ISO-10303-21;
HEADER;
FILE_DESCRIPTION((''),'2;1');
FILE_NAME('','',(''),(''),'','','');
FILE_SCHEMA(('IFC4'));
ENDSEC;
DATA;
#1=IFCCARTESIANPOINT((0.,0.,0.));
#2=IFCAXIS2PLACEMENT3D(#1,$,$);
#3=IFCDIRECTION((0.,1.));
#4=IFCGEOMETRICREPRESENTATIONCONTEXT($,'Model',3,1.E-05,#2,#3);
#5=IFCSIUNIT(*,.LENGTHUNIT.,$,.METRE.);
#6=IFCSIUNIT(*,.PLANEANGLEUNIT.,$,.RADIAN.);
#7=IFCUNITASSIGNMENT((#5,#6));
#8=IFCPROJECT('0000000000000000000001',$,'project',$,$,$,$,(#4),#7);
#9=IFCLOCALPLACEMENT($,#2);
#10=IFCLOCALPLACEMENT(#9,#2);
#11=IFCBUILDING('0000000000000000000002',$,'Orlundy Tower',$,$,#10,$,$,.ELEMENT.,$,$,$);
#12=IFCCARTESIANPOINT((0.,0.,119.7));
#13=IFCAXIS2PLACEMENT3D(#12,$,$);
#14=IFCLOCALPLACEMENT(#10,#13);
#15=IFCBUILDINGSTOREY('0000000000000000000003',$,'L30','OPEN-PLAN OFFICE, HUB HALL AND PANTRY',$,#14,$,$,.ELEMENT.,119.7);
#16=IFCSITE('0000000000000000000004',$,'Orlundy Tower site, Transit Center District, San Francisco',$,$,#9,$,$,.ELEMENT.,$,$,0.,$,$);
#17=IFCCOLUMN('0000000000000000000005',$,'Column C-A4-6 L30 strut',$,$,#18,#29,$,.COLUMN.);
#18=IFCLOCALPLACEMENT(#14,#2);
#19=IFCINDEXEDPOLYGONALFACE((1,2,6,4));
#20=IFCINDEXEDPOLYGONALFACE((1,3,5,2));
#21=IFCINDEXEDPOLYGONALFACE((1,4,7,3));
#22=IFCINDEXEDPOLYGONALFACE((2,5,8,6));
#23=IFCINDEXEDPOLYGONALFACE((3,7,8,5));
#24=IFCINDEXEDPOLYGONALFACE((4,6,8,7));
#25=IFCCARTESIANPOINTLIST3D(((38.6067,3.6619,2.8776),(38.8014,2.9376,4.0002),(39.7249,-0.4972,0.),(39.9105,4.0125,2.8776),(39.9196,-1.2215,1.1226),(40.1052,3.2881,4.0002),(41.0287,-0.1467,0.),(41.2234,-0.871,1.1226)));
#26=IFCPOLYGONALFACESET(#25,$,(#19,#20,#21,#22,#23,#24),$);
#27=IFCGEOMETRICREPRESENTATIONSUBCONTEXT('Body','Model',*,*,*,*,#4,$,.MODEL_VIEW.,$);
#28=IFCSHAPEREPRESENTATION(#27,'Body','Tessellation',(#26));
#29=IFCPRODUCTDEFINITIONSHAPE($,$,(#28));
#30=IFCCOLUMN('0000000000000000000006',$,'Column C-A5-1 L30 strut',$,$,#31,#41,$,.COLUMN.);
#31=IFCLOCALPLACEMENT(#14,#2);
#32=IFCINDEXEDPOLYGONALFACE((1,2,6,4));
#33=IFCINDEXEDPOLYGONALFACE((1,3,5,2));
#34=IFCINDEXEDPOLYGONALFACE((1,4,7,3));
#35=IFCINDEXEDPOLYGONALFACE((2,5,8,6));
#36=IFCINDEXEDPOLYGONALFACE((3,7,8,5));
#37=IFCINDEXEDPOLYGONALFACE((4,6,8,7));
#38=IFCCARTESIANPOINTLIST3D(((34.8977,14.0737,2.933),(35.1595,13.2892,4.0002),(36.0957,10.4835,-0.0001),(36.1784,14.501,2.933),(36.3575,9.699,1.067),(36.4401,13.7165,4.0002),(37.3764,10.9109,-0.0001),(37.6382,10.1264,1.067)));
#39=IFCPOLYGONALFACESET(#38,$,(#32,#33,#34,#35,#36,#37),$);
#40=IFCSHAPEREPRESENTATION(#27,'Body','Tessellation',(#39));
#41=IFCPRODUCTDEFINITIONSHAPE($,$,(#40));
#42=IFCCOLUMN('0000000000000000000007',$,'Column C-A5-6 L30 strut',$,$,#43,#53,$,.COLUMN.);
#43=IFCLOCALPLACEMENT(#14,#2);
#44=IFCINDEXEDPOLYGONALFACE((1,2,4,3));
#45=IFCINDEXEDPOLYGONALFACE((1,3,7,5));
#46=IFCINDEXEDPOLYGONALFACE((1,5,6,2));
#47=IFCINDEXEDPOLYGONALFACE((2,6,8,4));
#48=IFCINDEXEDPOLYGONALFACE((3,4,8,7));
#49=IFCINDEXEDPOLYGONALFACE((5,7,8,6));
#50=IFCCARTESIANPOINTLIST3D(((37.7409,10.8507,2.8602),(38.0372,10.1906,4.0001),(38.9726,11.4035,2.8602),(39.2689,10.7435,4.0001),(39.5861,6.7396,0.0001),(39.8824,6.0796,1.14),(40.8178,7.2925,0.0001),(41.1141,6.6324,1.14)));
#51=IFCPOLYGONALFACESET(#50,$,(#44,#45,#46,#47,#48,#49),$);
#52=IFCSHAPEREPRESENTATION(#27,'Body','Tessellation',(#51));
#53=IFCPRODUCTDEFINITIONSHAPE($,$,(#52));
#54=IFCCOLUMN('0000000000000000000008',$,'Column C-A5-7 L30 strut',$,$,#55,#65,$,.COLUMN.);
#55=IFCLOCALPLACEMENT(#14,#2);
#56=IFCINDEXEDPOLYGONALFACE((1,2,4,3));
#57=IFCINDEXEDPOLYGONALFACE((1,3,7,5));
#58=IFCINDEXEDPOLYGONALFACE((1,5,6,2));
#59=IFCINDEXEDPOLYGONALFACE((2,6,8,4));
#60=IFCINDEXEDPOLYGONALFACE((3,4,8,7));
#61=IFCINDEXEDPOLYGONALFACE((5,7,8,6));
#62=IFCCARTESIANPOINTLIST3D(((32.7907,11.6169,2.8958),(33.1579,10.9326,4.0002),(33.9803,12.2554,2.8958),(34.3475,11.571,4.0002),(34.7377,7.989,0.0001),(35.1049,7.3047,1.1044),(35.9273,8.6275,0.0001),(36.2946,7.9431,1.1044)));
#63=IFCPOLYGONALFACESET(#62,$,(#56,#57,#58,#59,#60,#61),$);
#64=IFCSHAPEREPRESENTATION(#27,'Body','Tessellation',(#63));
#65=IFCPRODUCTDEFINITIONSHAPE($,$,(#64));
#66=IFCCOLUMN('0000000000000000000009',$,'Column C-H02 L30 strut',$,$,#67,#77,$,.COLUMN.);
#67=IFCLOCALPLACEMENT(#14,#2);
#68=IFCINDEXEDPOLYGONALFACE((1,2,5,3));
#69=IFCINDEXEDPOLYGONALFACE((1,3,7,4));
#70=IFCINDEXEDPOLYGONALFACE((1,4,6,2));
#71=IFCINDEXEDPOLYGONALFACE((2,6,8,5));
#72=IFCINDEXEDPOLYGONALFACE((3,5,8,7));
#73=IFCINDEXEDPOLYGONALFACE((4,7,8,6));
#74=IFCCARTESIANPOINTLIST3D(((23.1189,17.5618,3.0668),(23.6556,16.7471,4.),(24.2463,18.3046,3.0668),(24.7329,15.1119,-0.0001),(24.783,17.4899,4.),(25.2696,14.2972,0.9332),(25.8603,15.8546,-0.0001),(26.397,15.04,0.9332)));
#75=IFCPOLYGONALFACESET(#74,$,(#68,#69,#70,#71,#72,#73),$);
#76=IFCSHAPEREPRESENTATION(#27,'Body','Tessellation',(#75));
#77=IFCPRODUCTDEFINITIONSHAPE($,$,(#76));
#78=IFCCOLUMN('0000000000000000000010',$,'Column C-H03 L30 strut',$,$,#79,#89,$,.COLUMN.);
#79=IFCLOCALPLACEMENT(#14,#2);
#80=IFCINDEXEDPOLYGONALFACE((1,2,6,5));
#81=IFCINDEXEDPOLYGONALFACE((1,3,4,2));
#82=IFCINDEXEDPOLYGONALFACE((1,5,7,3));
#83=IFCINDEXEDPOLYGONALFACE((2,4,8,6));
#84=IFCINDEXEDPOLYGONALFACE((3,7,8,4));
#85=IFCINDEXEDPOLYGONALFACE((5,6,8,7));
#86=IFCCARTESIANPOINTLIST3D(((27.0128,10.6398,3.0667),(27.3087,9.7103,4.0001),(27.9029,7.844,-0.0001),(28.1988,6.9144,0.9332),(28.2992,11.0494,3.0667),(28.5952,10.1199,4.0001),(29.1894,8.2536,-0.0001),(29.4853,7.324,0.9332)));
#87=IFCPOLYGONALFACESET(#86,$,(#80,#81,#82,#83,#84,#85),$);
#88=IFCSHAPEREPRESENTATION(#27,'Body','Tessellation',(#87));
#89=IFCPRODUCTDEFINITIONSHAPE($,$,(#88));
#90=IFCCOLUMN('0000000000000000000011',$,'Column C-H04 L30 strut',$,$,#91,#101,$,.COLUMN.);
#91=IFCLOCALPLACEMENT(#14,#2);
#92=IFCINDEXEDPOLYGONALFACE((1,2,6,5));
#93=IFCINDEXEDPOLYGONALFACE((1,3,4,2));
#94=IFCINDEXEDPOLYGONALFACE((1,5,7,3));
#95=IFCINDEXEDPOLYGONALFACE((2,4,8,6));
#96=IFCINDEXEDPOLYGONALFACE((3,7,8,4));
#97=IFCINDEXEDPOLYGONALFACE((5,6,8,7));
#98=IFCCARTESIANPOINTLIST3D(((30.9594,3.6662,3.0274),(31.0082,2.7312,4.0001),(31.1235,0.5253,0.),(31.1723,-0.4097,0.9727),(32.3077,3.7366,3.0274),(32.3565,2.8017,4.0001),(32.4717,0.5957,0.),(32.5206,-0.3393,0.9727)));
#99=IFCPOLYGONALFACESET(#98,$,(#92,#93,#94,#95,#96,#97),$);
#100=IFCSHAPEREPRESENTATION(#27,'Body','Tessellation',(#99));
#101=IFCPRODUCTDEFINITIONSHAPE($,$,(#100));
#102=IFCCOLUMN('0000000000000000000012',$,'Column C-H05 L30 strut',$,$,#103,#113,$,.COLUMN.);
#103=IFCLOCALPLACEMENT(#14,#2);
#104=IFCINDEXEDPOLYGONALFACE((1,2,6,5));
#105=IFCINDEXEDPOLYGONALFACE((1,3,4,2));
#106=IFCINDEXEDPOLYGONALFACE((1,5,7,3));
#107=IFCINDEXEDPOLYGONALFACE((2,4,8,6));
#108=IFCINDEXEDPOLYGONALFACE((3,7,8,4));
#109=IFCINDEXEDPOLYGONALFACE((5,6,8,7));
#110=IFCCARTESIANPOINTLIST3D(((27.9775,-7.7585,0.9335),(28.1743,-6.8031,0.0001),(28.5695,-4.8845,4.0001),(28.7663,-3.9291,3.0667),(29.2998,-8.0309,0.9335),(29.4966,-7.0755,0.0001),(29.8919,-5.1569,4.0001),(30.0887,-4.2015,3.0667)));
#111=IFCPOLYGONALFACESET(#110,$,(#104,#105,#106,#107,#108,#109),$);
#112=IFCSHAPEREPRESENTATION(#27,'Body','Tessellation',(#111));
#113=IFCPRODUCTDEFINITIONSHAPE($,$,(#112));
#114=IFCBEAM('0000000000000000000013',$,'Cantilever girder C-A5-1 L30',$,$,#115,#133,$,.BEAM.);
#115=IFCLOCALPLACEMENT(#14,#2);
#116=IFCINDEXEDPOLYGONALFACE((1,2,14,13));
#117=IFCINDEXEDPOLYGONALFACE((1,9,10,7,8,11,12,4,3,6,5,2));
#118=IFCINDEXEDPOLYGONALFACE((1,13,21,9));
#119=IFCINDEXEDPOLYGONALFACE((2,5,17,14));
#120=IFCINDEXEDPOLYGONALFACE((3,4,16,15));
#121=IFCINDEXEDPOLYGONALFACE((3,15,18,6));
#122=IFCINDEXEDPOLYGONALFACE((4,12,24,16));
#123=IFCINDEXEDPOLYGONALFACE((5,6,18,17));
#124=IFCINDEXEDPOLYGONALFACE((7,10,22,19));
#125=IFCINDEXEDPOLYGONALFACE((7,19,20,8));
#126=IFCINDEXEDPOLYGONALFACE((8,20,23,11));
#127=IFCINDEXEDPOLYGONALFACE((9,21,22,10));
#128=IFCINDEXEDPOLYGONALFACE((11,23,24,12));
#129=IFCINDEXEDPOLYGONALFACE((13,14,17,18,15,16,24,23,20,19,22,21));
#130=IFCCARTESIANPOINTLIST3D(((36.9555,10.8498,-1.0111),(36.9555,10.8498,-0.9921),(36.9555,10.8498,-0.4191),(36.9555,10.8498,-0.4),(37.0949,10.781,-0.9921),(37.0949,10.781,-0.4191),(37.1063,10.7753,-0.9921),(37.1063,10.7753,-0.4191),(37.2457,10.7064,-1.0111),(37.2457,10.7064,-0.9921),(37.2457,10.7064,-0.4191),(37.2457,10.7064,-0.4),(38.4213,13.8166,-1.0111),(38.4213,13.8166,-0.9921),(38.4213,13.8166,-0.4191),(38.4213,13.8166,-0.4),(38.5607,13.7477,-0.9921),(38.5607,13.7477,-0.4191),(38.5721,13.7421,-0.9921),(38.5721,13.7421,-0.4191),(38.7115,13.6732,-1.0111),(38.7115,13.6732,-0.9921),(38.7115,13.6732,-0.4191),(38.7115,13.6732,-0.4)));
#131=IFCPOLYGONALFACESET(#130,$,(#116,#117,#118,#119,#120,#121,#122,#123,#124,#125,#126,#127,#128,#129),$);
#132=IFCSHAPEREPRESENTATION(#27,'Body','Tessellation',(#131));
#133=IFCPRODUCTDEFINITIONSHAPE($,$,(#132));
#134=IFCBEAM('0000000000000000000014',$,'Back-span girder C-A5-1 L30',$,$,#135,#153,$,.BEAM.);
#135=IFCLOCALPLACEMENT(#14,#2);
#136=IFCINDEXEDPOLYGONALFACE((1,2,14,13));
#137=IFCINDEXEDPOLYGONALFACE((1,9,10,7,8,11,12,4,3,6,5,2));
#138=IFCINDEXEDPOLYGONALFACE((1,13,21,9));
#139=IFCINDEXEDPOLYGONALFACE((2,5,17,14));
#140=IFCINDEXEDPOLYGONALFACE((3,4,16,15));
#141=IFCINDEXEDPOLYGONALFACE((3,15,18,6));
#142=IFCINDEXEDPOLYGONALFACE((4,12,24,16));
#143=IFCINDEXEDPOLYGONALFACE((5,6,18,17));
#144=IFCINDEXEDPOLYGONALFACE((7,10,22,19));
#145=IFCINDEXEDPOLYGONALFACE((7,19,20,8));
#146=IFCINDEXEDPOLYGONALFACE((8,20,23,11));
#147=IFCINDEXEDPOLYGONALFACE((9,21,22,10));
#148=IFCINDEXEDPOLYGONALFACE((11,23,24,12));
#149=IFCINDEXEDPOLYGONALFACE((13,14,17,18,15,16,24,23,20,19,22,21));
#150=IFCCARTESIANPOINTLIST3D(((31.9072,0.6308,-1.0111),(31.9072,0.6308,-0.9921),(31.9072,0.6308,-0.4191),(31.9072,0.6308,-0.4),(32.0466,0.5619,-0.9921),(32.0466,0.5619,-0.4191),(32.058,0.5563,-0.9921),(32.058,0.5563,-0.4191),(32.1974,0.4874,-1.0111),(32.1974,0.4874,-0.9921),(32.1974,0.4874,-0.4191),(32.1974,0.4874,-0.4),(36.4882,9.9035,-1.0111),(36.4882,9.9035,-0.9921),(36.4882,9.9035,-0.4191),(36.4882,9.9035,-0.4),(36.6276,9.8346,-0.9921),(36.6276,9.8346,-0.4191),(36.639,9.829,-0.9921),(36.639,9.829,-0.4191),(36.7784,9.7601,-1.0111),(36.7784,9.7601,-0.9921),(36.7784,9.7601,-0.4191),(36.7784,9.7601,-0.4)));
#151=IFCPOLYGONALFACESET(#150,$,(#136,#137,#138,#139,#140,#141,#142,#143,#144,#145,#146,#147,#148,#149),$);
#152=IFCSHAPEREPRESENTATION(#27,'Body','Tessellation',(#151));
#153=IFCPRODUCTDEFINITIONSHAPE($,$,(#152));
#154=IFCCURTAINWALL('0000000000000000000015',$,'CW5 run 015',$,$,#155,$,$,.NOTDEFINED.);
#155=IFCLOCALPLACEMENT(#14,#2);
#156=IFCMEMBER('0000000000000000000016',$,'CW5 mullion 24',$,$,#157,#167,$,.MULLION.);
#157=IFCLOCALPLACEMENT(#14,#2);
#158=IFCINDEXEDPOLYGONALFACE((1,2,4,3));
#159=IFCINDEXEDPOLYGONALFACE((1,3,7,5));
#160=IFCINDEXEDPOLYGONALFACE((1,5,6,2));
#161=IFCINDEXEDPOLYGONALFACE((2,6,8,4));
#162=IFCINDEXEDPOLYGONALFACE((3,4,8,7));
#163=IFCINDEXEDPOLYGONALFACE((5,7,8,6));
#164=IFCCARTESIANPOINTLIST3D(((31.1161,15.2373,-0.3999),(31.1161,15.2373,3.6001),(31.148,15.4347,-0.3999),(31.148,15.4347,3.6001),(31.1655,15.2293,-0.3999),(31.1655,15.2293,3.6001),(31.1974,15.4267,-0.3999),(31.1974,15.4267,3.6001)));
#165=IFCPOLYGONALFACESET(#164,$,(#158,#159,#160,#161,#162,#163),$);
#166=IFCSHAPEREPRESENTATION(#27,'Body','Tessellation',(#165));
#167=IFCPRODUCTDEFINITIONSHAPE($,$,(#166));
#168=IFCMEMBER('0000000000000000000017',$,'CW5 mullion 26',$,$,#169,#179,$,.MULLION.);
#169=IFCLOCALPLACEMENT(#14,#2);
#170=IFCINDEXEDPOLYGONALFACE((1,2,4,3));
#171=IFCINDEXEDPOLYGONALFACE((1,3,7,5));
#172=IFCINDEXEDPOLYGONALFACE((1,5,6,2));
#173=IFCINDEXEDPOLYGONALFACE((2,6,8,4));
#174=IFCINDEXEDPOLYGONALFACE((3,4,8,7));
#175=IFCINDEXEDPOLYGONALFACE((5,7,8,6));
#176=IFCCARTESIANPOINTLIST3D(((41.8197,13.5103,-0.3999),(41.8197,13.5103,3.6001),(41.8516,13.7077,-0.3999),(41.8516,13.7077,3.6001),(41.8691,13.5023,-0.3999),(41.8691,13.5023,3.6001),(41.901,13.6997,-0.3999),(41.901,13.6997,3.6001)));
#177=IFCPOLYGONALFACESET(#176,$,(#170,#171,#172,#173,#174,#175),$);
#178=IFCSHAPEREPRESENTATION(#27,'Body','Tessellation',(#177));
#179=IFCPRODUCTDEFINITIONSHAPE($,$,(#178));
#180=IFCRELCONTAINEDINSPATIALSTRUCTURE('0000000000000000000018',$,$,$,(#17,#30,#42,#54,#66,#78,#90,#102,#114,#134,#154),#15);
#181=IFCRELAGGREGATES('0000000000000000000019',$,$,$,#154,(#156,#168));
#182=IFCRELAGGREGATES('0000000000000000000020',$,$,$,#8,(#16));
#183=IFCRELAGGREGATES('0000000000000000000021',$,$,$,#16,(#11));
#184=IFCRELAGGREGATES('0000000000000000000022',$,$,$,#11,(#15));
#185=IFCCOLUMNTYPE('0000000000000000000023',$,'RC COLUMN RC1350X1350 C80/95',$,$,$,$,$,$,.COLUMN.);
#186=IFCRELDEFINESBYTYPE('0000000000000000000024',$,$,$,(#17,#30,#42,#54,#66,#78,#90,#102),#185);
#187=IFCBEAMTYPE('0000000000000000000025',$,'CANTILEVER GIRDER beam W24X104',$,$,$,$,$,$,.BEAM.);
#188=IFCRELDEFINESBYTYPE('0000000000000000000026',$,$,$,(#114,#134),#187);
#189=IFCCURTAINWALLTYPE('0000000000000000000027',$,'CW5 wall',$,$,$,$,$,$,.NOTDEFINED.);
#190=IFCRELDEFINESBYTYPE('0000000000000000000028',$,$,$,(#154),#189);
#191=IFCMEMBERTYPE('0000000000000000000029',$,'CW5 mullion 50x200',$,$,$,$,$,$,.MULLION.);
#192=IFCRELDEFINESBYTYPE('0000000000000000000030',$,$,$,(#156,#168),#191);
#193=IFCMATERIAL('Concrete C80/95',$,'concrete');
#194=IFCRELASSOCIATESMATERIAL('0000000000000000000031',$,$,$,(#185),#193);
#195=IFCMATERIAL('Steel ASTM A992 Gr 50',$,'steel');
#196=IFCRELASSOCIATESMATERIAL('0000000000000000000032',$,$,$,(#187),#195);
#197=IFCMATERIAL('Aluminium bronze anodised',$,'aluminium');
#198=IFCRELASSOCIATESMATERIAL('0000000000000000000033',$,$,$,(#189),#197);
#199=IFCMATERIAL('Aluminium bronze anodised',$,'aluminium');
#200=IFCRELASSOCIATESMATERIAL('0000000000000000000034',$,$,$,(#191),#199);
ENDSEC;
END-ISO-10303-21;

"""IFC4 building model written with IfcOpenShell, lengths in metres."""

from ifc_helpers import new_model, si_unit, direction, frame, origin, origin_2d, place, context, subcontext, project, spatial, rectangle, i_section, extrude, material, material_profile, profile_set, type_object, element, aggregate, save


model = new_model("IFC4")

# Units and contexts
model_context = context("Model", 3, precision=1e-05, world=origin(), true_north=direction((0.0, 1.0)))
body_context = subcontext(model_context, "Body", "Model", "MODEL_VIEW")
ifc_project = project(units=[si_unit("LENGTHUNIT", "METRE"), si_unit("PLANEANGLEUNIT", "RADIAN")], contexts=[model_context])

# Site, building, storey
site_placement = place(None, origin())
site = spatial("IfcSite", under=ifc_project, at=site_placement, Name="Orlundy Tower site, Transit Center District, San Francisco", CompositionType="ELEMENT", RefElevation=0.0)
building_placement = place(site_placement, origin())
building = spatial("IfcBuilding", under=site, at=building_placement, Name="Orlundy Tower", CompositionType="ELEMENT")
storey_placement = place(building_placement, frame((0.0, 0.0, 119.7)))
storey = spatial("IfcBuildingStorey", under=building, at=storey_placement, Name="L30", Description="OPEN-PLAN OFFICE, HUB HALL AND PANTRY", CompositionType="ELEMENT", Elevation=119.7)

# Columns
ifc_material_1 = material(Name="Concrete C80/95", Category="concrete")
ifc_material_profile_1 = material_profile(ifc_material_1, rectangle(XDim=1.3501, YDim=1.3501, at=origin_2d()), Name="RC1350X1350")
ifc_profile_set_1 = profile_set([ifc_material_profile_1], Name="Concrete C80/95")
column_type = type_object("IfcColumnType", Name="RC COLUMN RC1350X1350 C80/95", PredefinedType="COLUMN", material=ifc_profile_set_1)
column_1_placement = place(storey_placement, frame((40.4741, -0.6841, 0.5613), z_axis=(-0.215871, 0.802964, 0.555561), x_axis=(-0.96571, -0.259624, 0.0)))
element("IfcColumn", 1, at=column_1_placement, inside=storey, type_object=column_type, Name="Column C-A4-6 L30 strut", PredefinedType="COLUMN", context=body_context, shape_type="SweptSolid", body=[
    extrude(rectangle(XDim=1.3501, YDim=1.3501, at=origin_2d()), origin(), (0.0, 0.0, 1.0), 5.1797),
])
column_2_placement = place(storey_placement, frame((36.8669, 10.3049, 0.5334), z_axis=(-0.250197, 0.749775, 0.612567), x_axis=(-0.94858, -0.316537, 0.0)))
element("IfcColumn", 2, at=column_2_placement, inside=storey, type_object=column_type, Name="Column C-A5-1 L30 strut", PredefinedType="COLUMN", context=body_context, shape_type="SweptSolid", body=[
    extrude(rectangle(XDim=1.3501, YDim=1.3501, at=origin_2d()), origin(), (0.0, 0.0, 1.0), 4.7883),
])
column_3_placement = place(storey_placement, frame((40.3501, 6.686, 0.5701), z_axis=(-0.345725, 0.770265, 0.535878), x_axis=(-0.912317, -0.409484, 0.0)))
element("IfcColumn", 3, at=column_3_placement, inside=storey, type_object=column_type, Name="Column C-A5-6 L30 strut", PredefinedType="COLUMN", context=body_context, shape_type="SweptSolid", body=[
    extrude(rectangle(XDim=1.3501, YDim=1.3501, at=origin_2d()), origin(), (0.0, 0.0, 1.0), 5.3372),
])
column_4_placement = place(storey_placement, frame((35.5161, 7.9661, 0.5522), z_axis=(-0.386797, 0.720728, 0.575273), x_axis=(-0.881127, -0.472879, 0.0)))
element("IfcColumn", 4, at=column_4_placement, inside=storey, type_object=column_type, Name="Column C-A5-7 L30 strut", PredefinedType="COLUMN", context=body_context, shape_type="SweptSolid", body=[
    extrude(rectangle(XDim=1.3501, YDim=1.3501, at=origin_2d()), origin(), (0.0, 0.0, 1.0), 5.0337),
])
column_5_placement = place(storey_placement, frame((25.5649, 15.0759, 0.4666), z_axis=(-0.380288, 0.577248, 0.72261), x_axis=(-0.835072, -0.550141, 0.0)))
element("IfcColumn", 5, at=column_5_placement, inside=storey, type_object=column_type, Name="Column C-H02 L30 strut", PredefinedType="COLUMN", context=body_context, shape_type="SweptSolid", body=[
    extrude(rectangle(XDim=1.3501, YDim=1.3501, at=origin_2d()), origin(), (0.0, 0.0, 1.0), 4.2441),
])
column_6_placement = place(storey_placement, frame((28.6941, 7.584, 0.4666), z_axis=(-0.209719, 0.658721, 0.722568), x_axis=(-0.952873, -0.303369, 0.0)))
element("IfcColumn", 6, at=column_6_placement, inside=storey, type_object=column_type, Name="Column C-H03 L30 strut", PredefinedType="COLUMN", context=body_context, shape_type="SweptSolid", body=[
    extrude(rectangle(XDim=1.3501, YDim=1.3501, at=origin_2d()), origin(), (0.0, 0.0, 1.0), 4.2444),
])
column_7_placement = place(storey_placement, frame((31.822, 0.093, 0.4863), z_axis=(-0.037582, 0.71949, 0.693485), x_axis=(-0.998639, -0.052164, 0.0)))
element("IfcColumn", 7, at=column_7_placement, inside=storey, type_object=column_type, Name="Column C-H04 L30 strut", PredefinedType="COLUMN", context=body_context, shape_type="SweptSolid", body=[
    extrude(rectangle(XDim=1.3501, YDim=1.3501, at=origin_2d()), origin(), (0.0, 0.0, 1.0), 4.3655),
])
column_8_placement = place(storey_placement, frame((28.7371, -7.417, 0.4668), z_axis=(0.139488, 0.677134, 0.722518), x_axis=(-0.979435, 0.201761, 0.0)))
element("IfcColumn", 8, at=column_8_placement, inside=storey, type_object=column_type, Name="Column C-H05 L30 strut", PredefinedType="COLUMN", context=body_context, shape_type="SweptSolid", body=[
    extrude(rectangle(XDim=1.3501, YDim=1.3501, at=origin_2d()), origin(), (0.0, 0.0, 1.0), 4.2444),
])

# Beams
ifc_material_2 = material(Name="Steel ASTM A992 Gr 50", Category="steel")
ifc_material_profile_2 = material_profile(ifc_material_2, i_section(OverallWidth=0.3237, OverallDepth=0.6111, WebThickness=0.0127, FlangeThickness=0.019, at=origin_2d()), Name="W24X104")
ifc_profile_set_2 = profile_set([ifc_material_profile_2], Name="Steel ASTM A992 Gr 50")
beam_type = type_object("IfcBeamType", Name="CANTILEVER GIRDER beam W24X104", PredefinedType="BEAM", material=ifc_profile_set_2)
beam_1_placement = place(storey_placement, frame((38.5664, 13.7449, -0.7056), z_axis=(-0.442959, -0.896542, 0.0), x_axis=(0.896542, -0.442959, 0.0)))
element("IfcBeam", 9, at=beam_1_placement, inside=storey, type_object=beam_type, Name="Cantilever girder C-A5-1 L30", PredefinedType="BEAM", context=body_context, shape_type="SweptSolid", body=[
    extrude(i_section(OverallWidth=0.3237, OverallDepth=0.6111, WebThickness=0.0127, FlangeThickness=0.019, at=origin_2d()), origin(), (0.0, 0.0, 1.0), 3.3091),
])
beam_2_placement = place(storey_placement, frame((36.6333, 9.8318, -0.7056), z_axis=(-0.442931, -0.896556, 0.0), x_axis=(0.896556, -0.442931, 0.0)))
element("IfcBeam", 10, at=beam_2_placement, inside=storey, type_object=beam_type, Name="Back-span girder C-A5-1 L30", PredefinedType="BEAM", context=body_context, shape_type="SweptSolid", body=[
    extrude(i_section(OverallWidth=0.3237, OverallDepth=0.6111, WebThickness=0.0127, FlangeThickness=0.019, at=origin_2d()), origin(), (0.0, 0.0, 1.0), 10.3425),
])

# Curtain wall, members
ifc_material_3 = material(Name="Aluminium bronze anodised", Category="aluminium")
curtain_wall_type = type_object("IfcCurtainWallType", Name="CW5 wall", PredefinedType="NOTDEFINED", material=ifc_material_3)
curtain_wall_placement = place(storey_placement, origin())
curtain_wall = element("IfcCurtainWall", 11, at=curtain_wall_placement, inside=storey, type_object=curtain_wall_type, Name="CW5 run 015", PredefinedType="NOTDEFINED")
ifc_material_4 = material(Name="Aluminium bronze anodised", Category="aluminium")
ifc_material_profile_3 = material_profile(ifc_material_4, rectangle(XDim=0.2, YDim=0.05, at=origin_2d()), Name="CW5 mullion 50x200")
ifc_profile_set_3 = profile_set([ifc_material_profile_3], Name="Aluminium bronze anodised")
member_type_1 = type_object("IfcMemberType", Name="CW5 mullion 50x200", PredefinedType="MULLION", material=ifc_profile_set_3)
member_1_placement = place(storey_placement, frame((31.1567, 15.332, -0.3999), z_axis=(0.0, 0.0, 1.0), x_axis=(0.159306, 0.987229, 0.0)))
member_1 = element("IfcMember", 12, at=member_1_placement, type_object=member_type_1, Name="CW5 mullion 24", PredefinedType="MULLION", context=body_context, shape_type="SweptSolid", body=[
    extrude(rectangle(XDim=0.2, YDim=0.05, at=origin_2d()), origin(), (0.0, 0.0, 1.0), 4.0),
])
member_2_placement = place(storey_placement, frame((41.8604, 13.605, -0.3999), z_axis=(0.0, 0.0, 1.0), x_axis=(0.159306, 0.987229, 0.0)))
member_2 = element("IfcMember", 13, at=member_2_placement, type_object=member_type_1, Name="CW5 mullion 26", PredefinedType="MULLION", context=body_context, shape_type="SweptSolid", body=[
    extrude(rectangle(XDim=0.2, YDim=0.05, at=origin_2d()), origin(), (0.0, 0.0, 1.0), 4.0),
])
aggregate(curtain_wall, [member_1, member_2])

save(model, "model.ifc")
